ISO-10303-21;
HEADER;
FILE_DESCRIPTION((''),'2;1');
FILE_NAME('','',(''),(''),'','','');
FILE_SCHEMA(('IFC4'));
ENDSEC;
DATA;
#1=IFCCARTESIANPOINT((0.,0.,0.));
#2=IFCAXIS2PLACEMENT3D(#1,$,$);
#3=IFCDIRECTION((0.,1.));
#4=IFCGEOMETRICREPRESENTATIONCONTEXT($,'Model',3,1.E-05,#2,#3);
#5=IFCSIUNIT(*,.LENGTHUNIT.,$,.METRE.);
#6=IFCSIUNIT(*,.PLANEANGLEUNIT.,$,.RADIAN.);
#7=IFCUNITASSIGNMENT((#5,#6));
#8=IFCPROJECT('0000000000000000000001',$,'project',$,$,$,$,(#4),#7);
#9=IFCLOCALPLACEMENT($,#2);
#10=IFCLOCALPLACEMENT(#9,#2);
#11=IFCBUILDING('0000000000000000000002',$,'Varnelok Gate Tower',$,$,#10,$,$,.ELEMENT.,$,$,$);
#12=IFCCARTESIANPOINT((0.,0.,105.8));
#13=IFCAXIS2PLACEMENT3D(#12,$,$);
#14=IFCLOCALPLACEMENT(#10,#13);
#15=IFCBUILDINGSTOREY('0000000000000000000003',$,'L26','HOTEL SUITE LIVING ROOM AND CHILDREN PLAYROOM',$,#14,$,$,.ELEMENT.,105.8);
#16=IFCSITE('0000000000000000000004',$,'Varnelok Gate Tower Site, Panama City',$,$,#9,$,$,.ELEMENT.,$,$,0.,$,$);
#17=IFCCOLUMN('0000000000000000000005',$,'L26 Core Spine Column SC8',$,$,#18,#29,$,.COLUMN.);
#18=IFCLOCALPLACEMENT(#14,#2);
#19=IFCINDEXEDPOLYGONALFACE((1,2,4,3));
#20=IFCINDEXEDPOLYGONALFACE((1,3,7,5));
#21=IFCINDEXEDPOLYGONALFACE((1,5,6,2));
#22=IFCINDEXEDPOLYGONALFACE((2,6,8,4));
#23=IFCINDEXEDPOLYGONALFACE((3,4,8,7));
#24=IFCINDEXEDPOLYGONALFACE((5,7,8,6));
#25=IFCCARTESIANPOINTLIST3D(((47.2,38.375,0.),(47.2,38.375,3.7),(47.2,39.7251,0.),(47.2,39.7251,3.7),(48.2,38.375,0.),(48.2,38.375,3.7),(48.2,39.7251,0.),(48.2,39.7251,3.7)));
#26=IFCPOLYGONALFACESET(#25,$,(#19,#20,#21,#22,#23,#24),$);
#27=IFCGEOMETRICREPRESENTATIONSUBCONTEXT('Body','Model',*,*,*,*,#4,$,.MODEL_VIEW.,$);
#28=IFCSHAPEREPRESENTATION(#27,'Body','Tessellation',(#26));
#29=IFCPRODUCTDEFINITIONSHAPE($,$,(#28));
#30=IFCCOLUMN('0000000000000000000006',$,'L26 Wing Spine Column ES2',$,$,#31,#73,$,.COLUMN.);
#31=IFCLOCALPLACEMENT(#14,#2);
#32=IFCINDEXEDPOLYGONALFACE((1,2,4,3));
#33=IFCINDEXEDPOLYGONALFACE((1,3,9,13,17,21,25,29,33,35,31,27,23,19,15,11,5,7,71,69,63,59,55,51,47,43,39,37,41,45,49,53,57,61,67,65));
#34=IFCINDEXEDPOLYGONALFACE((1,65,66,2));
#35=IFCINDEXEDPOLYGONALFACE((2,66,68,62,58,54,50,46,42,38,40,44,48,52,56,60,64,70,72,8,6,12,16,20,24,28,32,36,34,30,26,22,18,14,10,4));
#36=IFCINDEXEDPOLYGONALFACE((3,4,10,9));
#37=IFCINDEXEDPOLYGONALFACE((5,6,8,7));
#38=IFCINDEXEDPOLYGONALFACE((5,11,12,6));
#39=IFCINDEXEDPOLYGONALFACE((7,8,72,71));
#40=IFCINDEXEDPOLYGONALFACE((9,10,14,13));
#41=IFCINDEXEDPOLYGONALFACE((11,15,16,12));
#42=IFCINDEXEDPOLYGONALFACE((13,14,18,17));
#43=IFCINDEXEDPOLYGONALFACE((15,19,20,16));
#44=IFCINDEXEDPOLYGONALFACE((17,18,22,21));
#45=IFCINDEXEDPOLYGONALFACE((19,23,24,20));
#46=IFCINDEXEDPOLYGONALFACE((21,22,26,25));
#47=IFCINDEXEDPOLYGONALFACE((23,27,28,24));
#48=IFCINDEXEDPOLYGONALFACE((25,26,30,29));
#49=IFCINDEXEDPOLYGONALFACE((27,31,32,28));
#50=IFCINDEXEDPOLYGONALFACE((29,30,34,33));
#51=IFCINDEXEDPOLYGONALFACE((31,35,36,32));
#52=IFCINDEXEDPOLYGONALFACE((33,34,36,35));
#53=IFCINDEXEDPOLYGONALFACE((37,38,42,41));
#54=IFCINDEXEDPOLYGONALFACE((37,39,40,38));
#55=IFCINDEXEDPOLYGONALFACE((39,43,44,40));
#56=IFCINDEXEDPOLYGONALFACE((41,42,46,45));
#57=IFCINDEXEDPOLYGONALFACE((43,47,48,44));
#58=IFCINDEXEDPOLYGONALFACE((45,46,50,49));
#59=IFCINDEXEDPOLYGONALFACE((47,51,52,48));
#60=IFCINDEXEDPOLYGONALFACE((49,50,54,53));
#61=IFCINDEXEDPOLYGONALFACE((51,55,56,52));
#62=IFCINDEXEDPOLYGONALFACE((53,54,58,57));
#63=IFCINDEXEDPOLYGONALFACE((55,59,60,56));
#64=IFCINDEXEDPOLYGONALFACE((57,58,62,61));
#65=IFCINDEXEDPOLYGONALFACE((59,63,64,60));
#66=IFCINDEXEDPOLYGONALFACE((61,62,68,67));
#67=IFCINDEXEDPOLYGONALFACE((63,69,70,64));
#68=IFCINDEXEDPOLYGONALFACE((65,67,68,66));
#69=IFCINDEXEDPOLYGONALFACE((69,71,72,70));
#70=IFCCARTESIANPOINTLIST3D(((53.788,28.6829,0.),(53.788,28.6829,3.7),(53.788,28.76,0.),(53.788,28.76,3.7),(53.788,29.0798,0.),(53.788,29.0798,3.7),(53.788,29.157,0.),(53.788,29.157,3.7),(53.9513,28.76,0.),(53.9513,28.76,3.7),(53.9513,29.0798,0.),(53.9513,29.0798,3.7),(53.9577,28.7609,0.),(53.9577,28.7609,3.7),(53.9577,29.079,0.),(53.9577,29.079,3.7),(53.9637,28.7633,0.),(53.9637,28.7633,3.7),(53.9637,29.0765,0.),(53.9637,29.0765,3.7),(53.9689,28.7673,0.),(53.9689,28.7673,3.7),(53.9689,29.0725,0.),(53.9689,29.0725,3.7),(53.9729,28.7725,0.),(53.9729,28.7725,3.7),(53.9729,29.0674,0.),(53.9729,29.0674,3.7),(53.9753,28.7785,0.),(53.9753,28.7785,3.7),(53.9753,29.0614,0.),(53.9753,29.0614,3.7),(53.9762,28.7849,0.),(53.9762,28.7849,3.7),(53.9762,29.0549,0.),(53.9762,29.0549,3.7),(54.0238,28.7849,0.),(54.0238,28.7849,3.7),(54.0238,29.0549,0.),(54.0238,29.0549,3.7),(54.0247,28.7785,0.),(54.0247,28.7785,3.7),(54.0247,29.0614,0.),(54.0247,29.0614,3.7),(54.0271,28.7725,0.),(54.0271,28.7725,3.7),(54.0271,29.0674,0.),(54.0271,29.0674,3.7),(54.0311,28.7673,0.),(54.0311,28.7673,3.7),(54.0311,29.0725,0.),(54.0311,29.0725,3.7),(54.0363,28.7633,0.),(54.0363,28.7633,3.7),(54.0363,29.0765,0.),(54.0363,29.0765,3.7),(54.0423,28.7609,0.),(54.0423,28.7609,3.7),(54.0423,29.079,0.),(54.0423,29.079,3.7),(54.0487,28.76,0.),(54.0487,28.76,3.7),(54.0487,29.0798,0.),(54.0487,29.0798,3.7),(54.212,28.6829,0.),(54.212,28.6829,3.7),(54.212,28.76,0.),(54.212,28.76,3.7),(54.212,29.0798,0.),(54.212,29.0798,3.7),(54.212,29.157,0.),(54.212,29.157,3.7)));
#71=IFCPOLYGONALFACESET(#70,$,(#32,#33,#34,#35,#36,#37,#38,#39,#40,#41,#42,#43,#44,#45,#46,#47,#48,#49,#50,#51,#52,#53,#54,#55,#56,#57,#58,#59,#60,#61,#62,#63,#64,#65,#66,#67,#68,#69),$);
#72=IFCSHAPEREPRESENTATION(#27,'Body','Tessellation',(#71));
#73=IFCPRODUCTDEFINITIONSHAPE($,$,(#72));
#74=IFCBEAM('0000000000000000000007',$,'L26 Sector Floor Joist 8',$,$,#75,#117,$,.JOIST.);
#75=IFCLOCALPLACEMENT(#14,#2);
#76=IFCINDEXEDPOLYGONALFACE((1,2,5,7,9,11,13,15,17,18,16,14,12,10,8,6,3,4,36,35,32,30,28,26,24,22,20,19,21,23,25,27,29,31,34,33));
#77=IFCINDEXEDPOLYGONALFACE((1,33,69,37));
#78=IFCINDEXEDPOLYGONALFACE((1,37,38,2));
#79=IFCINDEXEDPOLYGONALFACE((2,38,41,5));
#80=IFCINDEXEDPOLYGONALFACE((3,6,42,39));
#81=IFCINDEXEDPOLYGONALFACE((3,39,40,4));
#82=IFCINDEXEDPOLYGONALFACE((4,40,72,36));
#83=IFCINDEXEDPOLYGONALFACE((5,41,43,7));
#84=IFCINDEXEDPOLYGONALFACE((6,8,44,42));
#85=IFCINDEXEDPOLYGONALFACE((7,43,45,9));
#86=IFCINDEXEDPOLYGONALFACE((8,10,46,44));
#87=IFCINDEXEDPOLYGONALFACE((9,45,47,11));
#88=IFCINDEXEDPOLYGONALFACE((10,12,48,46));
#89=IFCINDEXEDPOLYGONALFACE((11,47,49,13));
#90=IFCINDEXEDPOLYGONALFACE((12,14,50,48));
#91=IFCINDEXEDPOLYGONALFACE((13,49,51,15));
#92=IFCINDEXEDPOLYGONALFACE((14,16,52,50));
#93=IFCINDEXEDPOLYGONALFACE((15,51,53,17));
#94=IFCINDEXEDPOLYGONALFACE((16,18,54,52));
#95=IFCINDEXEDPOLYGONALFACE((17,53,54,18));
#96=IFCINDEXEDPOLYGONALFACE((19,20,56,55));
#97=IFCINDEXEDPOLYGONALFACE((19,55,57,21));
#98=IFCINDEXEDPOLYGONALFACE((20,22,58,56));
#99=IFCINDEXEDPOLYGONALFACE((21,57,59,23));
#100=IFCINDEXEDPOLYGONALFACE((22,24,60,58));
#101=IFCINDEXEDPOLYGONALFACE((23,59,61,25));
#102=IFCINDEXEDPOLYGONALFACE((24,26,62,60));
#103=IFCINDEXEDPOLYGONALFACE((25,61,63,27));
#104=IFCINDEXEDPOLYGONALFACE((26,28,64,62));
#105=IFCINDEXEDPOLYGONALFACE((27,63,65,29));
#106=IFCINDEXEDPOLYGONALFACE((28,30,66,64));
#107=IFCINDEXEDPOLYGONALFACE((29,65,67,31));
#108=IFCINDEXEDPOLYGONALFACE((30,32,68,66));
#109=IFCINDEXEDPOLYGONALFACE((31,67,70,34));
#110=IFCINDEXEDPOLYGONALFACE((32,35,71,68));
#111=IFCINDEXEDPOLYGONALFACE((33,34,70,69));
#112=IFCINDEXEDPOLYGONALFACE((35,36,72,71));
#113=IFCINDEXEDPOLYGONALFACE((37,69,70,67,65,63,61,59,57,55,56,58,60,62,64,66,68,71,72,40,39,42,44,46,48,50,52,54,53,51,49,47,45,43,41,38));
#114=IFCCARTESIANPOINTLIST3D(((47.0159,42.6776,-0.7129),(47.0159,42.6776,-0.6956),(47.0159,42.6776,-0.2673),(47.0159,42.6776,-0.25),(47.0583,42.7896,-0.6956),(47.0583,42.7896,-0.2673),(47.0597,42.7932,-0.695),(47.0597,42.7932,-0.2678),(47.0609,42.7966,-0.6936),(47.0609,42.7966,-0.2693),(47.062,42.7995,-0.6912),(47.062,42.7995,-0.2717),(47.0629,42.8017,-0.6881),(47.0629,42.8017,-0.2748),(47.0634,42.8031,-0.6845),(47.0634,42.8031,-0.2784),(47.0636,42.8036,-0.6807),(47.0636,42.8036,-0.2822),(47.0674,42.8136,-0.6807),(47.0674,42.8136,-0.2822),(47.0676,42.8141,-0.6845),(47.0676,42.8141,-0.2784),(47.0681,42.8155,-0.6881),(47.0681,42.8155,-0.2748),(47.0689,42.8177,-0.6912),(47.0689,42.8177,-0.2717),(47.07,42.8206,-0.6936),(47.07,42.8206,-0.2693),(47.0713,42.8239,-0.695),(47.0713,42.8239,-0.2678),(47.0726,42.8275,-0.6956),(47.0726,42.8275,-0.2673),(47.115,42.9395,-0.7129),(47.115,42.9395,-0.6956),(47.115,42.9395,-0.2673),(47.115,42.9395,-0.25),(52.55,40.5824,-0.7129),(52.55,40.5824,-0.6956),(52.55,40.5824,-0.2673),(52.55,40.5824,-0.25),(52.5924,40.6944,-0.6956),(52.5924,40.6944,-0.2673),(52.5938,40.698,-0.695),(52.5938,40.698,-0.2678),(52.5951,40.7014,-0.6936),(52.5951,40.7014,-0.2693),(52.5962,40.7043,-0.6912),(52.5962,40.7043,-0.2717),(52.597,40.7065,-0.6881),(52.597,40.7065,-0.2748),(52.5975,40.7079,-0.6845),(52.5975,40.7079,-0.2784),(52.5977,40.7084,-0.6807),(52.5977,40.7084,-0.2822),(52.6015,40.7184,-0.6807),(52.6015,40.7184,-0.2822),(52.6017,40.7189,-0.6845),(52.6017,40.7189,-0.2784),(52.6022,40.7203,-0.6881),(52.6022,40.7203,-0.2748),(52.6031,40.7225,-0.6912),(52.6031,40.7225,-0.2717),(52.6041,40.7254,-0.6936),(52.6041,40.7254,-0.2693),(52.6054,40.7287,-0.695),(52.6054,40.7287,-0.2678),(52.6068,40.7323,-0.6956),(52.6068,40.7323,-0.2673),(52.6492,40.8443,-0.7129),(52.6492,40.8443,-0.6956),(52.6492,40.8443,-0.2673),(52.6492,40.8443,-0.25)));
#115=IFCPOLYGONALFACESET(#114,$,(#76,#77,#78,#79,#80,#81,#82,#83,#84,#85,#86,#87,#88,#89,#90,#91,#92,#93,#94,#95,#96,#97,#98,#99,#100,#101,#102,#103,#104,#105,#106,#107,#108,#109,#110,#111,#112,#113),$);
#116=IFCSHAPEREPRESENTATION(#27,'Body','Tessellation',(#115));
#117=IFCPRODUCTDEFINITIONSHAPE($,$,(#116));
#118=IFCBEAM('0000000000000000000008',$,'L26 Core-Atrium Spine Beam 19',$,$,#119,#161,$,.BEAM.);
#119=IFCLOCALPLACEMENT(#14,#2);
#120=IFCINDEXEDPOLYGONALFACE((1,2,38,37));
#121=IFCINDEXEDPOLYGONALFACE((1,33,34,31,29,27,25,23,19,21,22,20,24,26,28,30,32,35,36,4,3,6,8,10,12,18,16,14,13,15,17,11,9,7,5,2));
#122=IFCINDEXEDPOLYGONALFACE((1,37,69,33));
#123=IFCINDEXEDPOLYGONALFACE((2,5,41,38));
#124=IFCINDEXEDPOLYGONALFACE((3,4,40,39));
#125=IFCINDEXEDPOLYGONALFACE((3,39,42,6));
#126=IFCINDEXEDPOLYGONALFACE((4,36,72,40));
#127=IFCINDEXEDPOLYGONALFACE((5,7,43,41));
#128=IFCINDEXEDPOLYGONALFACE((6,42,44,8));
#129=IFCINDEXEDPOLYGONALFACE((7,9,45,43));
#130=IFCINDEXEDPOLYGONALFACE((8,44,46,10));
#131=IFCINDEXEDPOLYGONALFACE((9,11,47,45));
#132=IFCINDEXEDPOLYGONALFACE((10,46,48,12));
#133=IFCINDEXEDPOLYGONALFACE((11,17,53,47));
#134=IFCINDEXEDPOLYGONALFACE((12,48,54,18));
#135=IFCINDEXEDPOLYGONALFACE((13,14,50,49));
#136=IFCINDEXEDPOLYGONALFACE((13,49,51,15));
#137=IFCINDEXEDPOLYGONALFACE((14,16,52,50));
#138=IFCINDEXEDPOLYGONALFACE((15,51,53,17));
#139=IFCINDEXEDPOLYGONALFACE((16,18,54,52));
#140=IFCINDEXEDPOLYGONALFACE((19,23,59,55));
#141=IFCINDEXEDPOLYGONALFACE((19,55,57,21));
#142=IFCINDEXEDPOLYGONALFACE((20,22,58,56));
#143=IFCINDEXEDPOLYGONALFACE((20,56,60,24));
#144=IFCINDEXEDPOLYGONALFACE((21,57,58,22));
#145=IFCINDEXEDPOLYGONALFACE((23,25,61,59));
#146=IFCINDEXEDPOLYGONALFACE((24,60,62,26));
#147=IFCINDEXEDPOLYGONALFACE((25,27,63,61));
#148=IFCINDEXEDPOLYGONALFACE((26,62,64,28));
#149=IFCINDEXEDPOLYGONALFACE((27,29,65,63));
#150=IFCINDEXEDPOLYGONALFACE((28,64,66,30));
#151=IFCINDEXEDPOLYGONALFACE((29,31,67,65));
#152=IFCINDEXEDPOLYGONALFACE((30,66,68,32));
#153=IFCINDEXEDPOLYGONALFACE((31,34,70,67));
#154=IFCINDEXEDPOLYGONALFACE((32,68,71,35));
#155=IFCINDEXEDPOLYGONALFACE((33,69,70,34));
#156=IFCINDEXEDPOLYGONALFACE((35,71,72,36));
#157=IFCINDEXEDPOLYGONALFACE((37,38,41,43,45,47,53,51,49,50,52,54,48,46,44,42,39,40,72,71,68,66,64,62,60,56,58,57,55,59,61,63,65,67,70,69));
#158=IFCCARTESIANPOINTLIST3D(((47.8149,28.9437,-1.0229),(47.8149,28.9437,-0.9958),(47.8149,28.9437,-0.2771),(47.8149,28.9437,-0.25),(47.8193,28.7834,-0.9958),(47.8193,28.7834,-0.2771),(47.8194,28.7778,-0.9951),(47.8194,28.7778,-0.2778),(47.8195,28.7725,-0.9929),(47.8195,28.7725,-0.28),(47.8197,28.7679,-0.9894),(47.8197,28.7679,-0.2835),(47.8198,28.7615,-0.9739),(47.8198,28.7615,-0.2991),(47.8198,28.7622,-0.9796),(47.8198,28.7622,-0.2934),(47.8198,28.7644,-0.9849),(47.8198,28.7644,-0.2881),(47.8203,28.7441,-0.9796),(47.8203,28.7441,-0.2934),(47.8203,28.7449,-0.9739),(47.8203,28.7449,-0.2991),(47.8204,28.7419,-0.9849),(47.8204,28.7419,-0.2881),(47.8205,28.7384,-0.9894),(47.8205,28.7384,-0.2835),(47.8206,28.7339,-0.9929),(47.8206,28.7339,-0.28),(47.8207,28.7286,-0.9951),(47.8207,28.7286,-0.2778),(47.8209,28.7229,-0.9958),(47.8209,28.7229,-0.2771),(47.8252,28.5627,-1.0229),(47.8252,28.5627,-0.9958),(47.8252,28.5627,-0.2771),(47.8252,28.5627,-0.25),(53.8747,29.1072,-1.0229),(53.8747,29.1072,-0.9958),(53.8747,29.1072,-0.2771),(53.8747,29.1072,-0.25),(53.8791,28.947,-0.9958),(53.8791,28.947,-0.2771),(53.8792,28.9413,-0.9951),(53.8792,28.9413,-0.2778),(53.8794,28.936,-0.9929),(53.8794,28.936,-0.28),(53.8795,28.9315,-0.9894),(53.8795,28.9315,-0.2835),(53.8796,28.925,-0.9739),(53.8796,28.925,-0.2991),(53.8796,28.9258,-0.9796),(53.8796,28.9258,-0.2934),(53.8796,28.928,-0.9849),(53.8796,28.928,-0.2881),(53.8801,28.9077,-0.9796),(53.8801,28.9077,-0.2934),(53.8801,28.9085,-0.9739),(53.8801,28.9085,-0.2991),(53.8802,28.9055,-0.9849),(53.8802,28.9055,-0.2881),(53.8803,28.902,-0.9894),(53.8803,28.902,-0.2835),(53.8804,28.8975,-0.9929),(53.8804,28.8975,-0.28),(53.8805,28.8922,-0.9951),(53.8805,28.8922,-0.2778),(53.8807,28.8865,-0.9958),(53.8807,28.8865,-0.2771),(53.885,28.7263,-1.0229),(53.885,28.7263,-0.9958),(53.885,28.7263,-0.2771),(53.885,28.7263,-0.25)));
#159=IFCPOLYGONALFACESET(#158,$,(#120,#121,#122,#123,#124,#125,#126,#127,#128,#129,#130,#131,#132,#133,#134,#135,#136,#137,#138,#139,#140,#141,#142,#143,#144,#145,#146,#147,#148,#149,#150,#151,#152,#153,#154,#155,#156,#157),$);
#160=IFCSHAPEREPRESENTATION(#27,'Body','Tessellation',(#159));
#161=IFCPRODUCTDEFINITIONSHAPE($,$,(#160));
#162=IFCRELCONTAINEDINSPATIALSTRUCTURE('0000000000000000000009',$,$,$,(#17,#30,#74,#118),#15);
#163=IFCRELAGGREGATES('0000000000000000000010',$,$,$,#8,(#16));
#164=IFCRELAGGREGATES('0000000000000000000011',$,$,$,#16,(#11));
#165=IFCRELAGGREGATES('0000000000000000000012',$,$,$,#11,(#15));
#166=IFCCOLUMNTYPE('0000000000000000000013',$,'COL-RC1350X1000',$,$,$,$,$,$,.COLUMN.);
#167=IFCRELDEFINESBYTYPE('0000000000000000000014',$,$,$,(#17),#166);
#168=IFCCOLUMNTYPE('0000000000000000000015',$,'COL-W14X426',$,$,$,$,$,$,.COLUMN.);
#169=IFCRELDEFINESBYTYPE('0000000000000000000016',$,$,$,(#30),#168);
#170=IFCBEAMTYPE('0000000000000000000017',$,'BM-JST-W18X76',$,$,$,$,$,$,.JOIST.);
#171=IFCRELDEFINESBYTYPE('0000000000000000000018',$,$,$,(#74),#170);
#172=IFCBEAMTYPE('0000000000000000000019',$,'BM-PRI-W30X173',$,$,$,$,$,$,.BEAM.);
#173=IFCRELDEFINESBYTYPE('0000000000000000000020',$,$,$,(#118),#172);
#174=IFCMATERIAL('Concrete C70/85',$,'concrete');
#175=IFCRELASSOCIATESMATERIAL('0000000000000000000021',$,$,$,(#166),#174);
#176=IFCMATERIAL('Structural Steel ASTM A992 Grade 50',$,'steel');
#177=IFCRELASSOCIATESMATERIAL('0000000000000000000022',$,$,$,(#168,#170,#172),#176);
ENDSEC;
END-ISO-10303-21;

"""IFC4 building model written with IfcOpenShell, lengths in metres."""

from ifc_helpers import new_model, si_unit, direction, frame, origin, origin_2d, place, context, subcontext, project, spatial, rectangle, i_section, extrude, material, material_profile, profile_set, type_object, element, save


model = new_model("IFC4")

# Units and contexts
model_context = context("Model", 3, precision=1e-05, world=origin(), true_north=direction((0.0, 1.0)))
body_context = subcontext(model_context, "Body", "Model", "MODEL_VIEW")
ifc_project = project(units=[si_unit("LENGTHUNIT", "METRE"), si_unit("PLANEANGLEUNIT", "RADIAN")], contexts=[model_context])

# Site, building, storey
site_placement = place(None, origin())
site = spatial("IfcSite", under=ifc_project, at=site_placement, Name="Varnelok Gate Tower Site, Panama City", CompositionType="ELEMENT", RefElevation=0.0)
building_placement = place(site_placement, origin())
building = spatial("IfcBuilding", under=site, at=building_placement, Name="Varnelok Gate Tower", CompositionType="ELEMENT")
storey_placement = place(building_placement, frame((0.0, 0.0, 105.8)))
storey = spatial("IfcBuildingStorey", under=building, at=storey_placement, Name="L26", Description="HOTEL SUITE LIVING ROOM AND CHILDREN PLAYROOM", CompositionType="ELEMENT", Elevation=105.8)

# Columns
ifc_material_1 = material(Name="Concrete C70/85", Category="concrete")
ifc_material_profile_1 = material_profile(ifc_material_1, rectangle(XDim=1.0, YDim=1.3501, at=origin_2d()), Name="RC1350X1000")
ifc_profile_set_1 = profile_set([ifc_material_profile_1], Name="Concrete C70/85")
column_type_1 = type_object("IfcColumnType", Name="COL-RC1350X1000", PredefinedType="COLUMN", material=ifc_profile_set_1)
column_1_placement = place(storey_placement, frame((47.7, 39.05, 0.0), z_axis=(0.0, 0.0, 1.0), x_axis=(1.0, 0.0, 0.0)))
element("IfcColumn", 1, at=column_1_placement, inside=storey, type_object=column_type_1, Name="L26 Core Spine Column SC8", PredefinedType="COLUMN", context=body_context, shape_type="SweptSolid", body=[
    extrude(rectangle(XDim=1.0, YDim=1.3501, at=origin_2d()), origin(), (0.0, 0.0, 1.0), 3.7),
])
ifc_material_2 = material(Name="Structural Steel ASTM A992 Grade 50", Category="steel")
ifc_material_profile_2 = material_profile(ifc_material_2, i_section(OverallWidth=0.4241, OverallDepth=0.4741, WebThickness=0.0476, FlangeThickness=0.0771, FilletRadius=0.0249, at=origin_2d()), Name="W14X426")
ifc_profile_set_2 = profile_set([ifc_material_profile_2], Name="Structural Steel ASTM A992 Grade 50")
column_type_2 = type_object("IfcColumnType", Name="COL-W14X426", PredefinedType="COLUMN", material=ifc_profile_set_2)
column_2_placement = place(storey_placement, frame((54.0, 28.9199, 0.0), z_axis=(0.0, 0.0, 1.0), x_axis=(1.0, 0.0, 0.0)))
element("IfcColumn", 2, at=column_2_placement, inside=storey, type_object=column_type_2, Name="L26 Wing Spine Column ES2", PredefinedType="COLUMN", context=body_context, shape_type="SweptSolid", body=[
    extrude(i_section(OverallWidth=0.4241, OverallDepth=0.4741, WebThickness=0.0476, FlangeThickness=0.0771, FilletRadius=0.0249, at=origin_2d()), origin(), (0.0, 0.0, 1.0), 3.7),
])

# Beams
ifc_material_profile_3 = material_profile(ifc_material_2, i_section(OverallWidth=0.28, OverallDepth=0.4629, WebThickness=0.0107, FlangeThickness=0.0173, FilletRadius=0.0149, at=origin_2d()), Name="W18X76")
ifc_profile_set_3 = profile_set([ifc_material_profile_3], Name="Structural Steel ASTM A992 Grade 50")
beam_type_1 = type_object("IfcBeamType", Name="BM-JST-W18X76", PredefinedType="JOIST", material=ifc_profile_set_3)
beam_1_placement = place(storey_placement, frame((52.5996, 40.7134, -0.4814), z_axis=(-0.935219, 0.35407, 0.0), x_axis=(-0.35407, -0.935219, 0.0)))
element("IfcBeam", 3, at=beam_1_placement, inside=storey, type_object=beam_type_1, Name="L26 Sector Floor Joist 8", PredefinedType="JOIST", context=body_context, shape_type="SweptSolid", body=[
    extrude(i_section(OverallWidth=0.28, OverallDepth=0.4629, WebThickness=0.0107, FlangeThickness=0.0173, FilletRadius=0.0149, at=origin_2d()), origin(), (0.0, 0.0, 1.0), 5.9175),
])
ifc_material_profile_4 = material_profile(ifc_material_2, i_section(OverallWidth=0.3811, OverallDepth=0.7729, WebThickness=0.0166, FlangeThickness=0.0271, FilletRadius=0.022, at=origin_2d()), Name="W30X173")
ifc_profile_set_4 = profile_set([ifc_material_profile_4], Name="Structural Steel ASTM A992 Grade 50")
beam_type_2 = type_object("IfcBeamType", Name="BM-PRI-W30X173", PredefinedType="BEAM", material=ifc_profile_set_4)
beam_2_placement = place(storey_placement, frame((47.8201, 28.7532, -0.6365), z_axis=(0.999636, 0.026983, 0.0), x_axis=(-0.026983, 0.999636, 0.0)))
element("IfcBeam", 4, at=beam_2_placement, inside=storey, type_object=beam_type_2, Name="L26 Core-Atrium Spine Beam 19", PredefinedType="BEAM", context=body_context, shape_type="SweptSolid", body=[
    extrude(i_section(OverallWidth=0.3811, OverallDepth=0.7729, WebThickness=0.0166, FlangeThickness=0.0271, FilletRadius=0.022, at=origin_2d()), origin(), (0.0, 0.0, 1.0), 6.062),
])

save(model, "model.ifc")
